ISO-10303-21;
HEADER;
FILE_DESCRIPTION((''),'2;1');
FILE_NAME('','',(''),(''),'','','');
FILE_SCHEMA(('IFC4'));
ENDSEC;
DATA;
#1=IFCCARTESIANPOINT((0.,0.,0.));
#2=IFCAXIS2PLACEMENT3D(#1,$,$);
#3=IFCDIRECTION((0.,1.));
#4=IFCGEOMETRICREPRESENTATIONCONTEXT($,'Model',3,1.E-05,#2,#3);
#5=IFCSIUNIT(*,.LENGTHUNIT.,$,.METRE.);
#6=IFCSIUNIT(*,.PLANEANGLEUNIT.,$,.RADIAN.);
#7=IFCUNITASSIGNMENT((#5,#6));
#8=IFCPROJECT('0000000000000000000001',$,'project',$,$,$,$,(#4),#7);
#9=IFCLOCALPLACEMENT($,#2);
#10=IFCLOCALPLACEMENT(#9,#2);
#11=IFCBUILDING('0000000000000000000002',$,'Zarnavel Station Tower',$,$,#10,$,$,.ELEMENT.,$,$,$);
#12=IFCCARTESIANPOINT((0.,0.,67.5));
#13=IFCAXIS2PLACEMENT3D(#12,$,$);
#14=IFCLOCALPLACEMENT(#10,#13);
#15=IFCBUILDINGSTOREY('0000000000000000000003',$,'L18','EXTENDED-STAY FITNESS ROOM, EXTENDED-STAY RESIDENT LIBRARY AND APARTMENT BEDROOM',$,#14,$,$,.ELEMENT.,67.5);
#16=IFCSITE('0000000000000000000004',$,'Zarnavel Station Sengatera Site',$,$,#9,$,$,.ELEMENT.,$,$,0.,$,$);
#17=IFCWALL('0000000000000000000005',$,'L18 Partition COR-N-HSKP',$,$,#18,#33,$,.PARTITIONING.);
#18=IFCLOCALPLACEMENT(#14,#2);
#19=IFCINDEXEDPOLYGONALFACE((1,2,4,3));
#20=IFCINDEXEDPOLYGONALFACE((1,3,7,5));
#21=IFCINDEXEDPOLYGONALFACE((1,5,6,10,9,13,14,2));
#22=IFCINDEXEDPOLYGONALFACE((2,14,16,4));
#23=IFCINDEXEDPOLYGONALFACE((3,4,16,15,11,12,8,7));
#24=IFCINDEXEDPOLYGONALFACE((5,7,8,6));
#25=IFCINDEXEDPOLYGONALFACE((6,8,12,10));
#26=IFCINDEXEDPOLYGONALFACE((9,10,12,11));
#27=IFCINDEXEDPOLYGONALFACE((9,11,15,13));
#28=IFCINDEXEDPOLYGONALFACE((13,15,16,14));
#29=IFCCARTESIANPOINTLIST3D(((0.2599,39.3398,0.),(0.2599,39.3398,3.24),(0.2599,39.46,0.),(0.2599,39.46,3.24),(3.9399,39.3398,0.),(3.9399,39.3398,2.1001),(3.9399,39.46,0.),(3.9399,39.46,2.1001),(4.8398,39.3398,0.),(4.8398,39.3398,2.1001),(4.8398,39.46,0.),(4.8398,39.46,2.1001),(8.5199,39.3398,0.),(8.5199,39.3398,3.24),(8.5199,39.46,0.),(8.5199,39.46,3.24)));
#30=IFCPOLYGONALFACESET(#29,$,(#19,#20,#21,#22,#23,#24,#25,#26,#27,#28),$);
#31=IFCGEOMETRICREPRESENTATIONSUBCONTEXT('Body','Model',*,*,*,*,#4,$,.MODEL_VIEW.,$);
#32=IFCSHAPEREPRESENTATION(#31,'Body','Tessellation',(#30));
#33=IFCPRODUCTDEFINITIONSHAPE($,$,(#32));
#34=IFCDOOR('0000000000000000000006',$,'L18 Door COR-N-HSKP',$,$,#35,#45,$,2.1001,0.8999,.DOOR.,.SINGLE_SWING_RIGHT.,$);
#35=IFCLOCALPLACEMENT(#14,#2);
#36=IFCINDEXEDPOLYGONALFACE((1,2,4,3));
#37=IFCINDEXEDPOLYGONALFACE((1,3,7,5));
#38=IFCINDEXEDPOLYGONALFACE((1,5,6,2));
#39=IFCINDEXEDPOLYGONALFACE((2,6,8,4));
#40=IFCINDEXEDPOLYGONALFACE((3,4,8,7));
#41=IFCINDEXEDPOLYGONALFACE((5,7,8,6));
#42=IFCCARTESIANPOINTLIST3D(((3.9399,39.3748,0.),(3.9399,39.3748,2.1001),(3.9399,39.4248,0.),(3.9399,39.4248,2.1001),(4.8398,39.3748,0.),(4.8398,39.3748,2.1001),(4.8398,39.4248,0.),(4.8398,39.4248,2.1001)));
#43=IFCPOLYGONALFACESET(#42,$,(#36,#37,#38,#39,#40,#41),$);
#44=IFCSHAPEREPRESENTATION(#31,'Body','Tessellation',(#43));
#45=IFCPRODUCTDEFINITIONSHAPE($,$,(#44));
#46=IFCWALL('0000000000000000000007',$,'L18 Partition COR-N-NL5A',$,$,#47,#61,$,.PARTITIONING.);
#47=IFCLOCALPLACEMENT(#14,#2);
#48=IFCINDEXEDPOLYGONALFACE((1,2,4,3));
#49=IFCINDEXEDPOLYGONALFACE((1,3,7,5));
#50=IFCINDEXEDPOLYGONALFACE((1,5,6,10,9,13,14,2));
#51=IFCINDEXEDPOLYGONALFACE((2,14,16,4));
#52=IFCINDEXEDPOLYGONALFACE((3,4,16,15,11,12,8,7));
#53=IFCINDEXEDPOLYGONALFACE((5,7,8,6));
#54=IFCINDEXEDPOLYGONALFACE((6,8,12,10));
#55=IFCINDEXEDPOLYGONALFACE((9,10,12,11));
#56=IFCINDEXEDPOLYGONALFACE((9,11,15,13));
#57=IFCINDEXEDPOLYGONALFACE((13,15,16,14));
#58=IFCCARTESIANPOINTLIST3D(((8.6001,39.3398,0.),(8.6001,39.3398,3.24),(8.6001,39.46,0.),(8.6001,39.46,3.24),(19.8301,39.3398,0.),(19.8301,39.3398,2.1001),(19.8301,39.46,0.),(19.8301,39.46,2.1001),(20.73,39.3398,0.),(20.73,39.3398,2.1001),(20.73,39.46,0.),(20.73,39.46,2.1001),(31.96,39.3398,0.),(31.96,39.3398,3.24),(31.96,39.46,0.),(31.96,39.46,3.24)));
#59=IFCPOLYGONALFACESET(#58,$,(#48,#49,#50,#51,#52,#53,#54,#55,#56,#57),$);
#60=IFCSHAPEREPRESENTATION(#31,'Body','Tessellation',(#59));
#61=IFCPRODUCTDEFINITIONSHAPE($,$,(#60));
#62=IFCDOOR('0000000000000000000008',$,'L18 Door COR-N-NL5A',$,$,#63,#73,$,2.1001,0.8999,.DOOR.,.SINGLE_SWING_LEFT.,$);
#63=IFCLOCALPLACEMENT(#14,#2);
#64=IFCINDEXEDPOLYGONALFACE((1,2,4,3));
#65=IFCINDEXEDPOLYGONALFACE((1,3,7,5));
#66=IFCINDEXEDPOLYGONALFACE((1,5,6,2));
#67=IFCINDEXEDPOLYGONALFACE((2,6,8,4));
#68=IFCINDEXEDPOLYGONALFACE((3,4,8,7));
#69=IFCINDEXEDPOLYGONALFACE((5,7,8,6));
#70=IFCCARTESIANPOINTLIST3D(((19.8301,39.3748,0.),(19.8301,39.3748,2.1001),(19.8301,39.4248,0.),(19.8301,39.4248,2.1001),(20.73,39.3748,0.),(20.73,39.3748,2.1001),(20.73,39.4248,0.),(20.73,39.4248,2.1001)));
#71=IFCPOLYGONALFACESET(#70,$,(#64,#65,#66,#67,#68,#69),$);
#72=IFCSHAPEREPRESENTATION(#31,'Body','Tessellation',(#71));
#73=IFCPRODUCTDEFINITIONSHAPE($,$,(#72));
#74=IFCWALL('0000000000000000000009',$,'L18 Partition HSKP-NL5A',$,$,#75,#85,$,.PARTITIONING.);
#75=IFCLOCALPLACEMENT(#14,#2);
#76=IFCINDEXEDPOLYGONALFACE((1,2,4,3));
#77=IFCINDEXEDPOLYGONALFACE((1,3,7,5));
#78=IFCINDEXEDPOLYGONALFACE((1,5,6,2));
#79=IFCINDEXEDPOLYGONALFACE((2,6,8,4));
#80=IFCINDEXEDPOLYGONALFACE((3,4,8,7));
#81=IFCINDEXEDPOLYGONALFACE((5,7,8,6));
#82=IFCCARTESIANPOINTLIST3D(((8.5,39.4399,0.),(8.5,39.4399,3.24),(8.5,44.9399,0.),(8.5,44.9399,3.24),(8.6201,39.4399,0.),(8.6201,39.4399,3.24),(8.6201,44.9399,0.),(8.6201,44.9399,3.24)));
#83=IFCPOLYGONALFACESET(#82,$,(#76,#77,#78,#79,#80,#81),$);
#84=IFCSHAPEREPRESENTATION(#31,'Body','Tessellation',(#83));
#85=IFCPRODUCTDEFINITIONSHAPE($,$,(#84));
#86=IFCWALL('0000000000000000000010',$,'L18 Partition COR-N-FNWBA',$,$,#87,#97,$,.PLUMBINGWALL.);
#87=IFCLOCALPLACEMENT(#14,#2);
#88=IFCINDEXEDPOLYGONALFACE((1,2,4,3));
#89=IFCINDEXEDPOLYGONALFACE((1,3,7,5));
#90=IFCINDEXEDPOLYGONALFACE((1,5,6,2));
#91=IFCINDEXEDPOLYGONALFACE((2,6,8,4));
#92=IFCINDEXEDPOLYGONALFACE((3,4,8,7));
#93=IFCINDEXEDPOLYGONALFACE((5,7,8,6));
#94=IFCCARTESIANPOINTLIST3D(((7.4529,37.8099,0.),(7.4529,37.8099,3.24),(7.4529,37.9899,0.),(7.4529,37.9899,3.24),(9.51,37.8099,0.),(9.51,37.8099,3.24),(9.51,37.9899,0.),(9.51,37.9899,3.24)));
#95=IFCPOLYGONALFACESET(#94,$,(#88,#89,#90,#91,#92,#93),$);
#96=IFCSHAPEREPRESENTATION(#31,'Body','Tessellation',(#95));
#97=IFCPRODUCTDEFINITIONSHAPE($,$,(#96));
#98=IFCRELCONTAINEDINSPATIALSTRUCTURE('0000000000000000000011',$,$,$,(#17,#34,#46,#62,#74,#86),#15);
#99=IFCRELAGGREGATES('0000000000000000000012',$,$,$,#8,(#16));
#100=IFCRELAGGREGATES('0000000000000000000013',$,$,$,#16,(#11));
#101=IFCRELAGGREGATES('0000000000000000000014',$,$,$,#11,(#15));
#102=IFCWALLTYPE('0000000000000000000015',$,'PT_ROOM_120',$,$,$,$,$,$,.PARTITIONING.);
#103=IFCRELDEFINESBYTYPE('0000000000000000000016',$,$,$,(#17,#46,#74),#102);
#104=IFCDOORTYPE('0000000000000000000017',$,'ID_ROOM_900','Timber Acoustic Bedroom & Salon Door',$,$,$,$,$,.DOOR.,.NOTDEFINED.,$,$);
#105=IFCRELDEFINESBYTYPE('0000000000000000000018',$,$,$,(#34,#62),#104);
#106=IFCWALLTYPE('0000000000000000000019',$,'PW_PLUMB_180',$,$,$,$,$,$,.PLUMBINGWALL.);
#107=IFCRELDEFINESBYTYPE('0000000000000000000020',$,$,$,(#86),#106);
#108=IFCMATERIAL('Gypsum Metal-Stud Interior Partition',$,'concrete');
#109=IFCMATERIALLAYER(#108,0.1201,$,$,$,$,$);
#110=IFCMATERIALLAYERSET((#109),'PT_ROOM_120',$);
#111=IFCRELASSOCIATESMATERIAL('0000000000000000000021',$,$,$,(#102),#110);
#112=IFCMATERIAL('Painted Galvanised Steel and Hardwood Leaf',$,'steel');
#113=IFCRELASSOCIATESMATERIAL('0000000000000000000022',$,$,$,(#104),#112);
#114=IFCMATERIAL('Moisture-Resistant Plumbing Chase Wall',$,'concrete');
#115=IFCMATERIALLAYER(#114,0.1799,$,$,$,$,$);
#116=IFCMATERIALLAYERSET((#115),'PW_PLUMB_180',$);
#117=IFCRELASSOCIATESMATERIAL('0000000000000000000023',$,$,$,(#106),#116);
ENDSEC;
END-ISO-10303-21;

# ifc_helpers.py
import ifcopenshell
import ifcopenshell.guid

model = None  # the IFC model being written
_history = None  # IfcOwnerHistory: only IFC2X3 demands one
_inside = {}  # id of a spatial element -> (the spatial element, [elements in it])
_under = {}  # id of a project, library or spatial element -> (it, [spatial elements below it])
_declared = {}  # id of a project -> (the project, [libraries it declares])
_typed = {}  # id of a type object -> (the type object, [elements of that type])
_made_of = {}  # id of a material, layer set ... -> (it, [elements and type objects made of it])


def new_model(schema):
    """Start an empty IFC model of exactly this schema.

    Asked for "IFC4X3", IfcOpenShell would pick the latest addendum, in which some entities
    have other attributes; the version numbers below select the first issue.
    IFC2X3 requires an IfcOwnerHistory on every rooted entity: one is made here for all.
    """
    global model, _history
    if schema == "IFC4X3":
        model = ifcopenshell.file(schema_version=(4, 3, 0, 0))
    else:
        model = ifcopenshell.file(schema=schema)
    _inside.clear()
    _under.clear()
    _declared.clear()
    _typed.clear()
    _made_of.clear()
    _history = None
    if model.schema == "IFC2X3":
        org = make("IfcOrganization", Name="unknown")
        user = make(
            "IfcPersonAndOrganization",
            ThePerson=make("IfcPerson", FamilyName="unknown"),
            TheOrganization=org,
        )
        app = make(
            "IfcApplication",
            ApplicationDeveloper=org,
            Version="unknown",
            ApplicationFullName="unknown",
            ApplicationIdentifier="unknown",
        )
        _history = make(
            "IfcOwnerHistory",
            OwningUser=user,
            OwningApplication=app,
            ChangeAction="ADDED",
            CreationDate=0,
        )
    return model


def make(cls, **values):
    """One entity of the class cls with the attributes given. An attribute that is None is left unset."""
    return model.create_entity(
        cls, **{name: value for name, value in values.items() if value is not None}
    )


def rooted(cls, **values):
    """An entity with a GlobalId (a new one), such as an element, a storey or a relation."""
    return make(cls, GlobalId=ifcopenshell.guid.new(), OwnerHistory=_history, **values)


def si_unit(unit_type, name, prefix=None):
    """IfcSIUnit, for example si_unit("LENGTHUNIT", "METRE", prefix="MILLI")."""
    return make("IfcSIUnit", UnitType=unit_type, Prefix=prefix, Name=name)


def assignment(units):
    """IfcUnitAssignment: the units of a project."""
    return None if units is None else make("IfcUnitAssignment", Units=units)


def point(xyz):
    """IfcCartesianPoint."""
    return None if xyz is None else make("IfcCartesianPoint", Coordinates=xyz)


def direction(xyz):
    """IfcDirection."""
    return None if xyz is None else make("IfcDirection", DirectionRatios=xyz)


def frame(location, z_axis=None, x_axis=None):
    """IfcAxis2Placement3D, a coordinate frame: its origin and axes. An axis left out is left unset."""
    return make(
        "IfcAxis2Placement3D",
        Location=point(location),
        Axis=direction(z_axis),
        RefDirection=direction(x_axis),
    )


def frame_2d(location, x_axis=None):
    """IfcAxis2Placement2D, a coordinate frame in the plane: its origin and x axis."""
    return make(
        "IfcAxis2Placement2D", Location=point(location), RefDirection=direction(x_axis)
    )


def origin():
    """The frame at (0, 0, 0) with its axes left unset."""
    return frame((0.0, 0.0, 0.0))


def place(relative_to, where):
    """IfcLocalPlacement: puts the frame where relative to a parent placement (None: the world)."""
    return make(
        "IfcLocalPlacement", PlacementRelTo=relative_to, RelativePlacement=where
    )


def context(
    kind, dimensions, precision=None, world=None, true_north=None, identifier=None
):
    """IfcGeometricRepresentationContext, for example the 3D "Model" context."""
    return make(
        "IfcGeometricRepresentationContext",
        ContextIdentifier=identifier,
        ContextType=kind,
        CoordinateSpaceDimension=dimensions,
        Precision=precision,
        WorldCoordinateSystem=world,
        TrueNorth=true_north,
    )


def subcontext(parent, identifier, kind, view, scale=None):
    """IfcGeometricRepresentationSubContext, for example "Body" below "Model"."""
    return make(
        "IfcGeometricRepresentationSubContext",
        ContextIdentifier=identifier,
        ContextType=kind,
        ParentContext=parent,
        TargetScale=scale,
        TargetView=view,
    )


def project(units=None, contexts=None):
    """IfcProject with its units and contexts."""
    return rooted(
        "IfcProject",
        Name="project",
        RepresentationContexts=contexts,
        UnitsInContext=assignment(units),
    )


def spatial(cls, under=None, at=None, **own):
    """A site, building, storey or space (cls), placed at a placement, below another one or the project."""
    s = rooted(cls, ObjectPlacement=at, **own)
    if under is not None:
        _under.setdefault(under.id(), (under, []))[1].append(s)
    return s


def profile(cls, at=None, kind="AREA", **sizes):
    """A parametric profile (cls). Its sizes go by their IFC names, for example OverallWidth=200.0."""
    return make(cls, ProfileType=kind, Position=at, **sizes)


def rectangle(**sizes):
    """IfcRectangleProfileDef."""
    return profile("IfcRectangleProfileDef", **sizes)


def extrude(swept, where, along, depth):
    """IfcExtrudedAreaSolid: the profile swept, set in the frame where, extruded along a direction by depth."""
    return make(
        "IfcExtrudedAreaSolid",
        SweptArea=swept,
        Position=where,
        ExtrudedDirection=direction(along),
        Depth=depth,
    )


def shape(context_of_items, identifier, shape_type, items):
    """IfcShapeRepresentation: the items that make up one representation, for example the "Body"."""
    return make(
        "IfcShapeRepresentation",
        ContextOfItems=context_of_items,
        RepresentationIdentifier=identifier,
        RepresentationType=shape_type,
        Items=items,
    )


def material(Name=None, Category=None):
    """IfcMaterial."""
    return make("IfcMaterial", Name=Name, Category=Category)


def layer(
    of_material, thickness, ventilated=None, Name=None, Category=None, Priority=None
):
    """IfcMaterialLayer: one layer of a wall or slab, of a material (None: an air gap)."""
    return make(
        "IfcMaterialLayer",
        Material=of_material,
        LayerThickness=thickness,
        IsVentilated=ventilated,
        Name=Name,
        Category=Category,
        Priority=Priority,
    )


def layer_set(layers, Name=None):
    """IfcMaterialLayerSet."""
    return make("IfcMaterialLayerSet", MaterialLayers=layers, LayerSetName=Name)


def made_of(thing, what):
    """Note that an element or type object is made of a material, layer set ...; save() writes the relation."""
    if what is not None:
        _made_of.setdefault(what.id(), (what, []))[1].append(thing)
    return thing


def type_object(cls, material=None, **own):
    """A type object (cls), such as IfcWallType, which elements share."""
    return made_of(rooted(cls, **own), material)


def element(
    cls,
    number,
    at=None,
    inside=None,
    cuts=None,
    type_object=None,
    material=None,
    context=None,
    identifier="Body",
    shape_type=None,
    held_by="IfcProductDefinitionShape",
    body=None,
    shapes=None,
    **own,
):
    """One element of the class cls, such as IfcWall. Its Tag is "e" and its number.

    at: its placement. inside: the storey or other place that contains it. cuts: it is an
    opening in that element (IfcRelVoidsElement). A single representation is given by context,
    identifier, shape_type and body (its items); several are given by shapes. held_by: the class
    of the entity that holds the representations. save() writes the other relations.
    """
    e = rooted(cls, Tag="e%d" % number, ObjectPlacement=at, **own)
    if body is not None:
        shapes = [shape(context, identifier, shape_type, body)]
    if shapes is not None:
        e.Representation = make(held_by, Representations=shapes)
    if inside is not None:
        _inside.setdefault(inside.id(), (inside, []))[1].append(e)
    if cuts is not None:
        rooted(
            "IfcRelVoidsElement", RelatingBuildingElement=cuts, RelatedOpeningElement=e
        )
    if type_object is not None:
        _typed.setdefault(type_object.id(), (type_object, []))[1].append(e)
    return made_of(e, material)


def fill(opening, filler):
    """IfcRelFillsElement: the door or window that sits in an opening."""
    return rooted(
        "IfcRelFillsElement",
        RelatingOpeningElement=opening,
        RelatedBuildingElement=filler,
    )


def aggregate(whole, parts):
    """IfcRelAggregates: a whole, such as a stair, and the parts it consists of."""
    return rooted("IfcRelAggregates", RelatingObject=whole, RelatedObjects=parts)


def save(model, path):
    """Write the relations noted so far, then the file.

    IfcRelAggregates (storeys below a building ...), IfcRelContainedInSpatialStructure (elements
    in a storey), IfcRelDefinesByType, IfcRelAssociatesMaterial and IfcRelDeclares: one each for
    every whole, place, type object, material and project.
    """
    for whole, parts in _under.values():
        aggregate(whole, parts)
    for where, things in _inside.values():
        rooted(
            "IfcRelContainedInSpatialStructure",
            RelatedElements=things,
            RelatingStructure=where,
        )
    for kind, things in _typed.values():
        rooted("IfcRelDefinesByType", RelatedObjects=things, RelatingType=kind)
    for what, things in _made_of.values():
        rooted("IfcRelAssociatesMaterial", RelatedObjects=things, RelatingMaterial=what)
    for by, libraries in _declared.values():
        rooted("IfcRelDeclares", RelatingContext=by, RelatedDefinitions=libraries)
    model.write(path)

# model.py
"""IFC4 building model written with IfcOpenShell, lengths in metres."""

from ifc_helpers import new_model, si_unit, direction, frame, frame_2d, origin, place, context, subcontext, project, spatial, rectangle, extrude, material, layer, layer_set, type_object, element, fill, save


model = new_model("IFC4")

# Units and contexts
model_context = context("Model", 3, precision=1e-05, world=origin(), true_north=direction((0.0, 1.0)))
body_context = subcontext(model_context, "Body", "Model", "MODEL_VIEW")
ifc_project = project(units=[si_unit("LENGTHUNIT", "METRE"), si_unit("PLANEANGLEUNIT", "RADIAN")], contexts=[model_context])

# Site, building, storey
site_placement = place(None, origin())
site = spatial("IfcSite", under=ifc_project, at=site_placement, Name="Zarnavel Station Sengatera Site", CompositionType="ELEMENT", RefElevation=0.0)
building_placement = place(site_placement, origin())
building = spatial("IfcBuilding", under=site, at=building_placement, Name="Zarnavel Station Tower", CompositionType="ELEMENT")
storey_placement = place(building_placement, frame((0.0, 0.0, 67.5)))
storey = spatial("IfcBuildingStorey", under=building, at=storey_placement, Name="L18", Description="EXTENDED-STAY FITNESS ROOM, EXTENDED-STAY RESIDENT LIBRARY AND APARTMENT BEDROOM", CompositionType="ELEMENT", Elevation=67.5)

# Walls, openings, doors
ifc_material_1 = material(Name="Gypsum Metal-Stud Interior Partition", Category="concrete")
ifc_layer_1 = layer(ifc_material_1, 0.1201)
ifc_layer_set_1 = layer_set([ifc_layer_1], Name="PT_ROOM_120")
wall_type_1 = type_object("IfcWallType", Name="PT_ROOM_120", PredefinedType="PARTITIONING", material=ifc_layer_set_1)
wall_1_placement = place(storey_placement, frame((0.26, 39.3999, 0.0), z_axis=(0.0, 0.0, 1.0), x_axis=(1.0, 0.0, 0.0)))
wall_1 = element("IfcWall", 1, at=wall_1_placement, inside=storey, type_object=wall_type_1, Name="L18 Partition COR-N-HSKP", PredefinedType="PARTITIONING", context=body_context, shape_type="SweptSolid", body=[
    extrude(rectangle(XDim=8.26, YDim=0.1201, at=frame_2d((4.1299, 0.0))), origin(), (0.0, 0.0, 1.0), 3.24),
])
opening_1_placement = place(wall_1_placement, frame((3.6799, 0.0, 0.0)))
opening_1 = element("IfcOpeningElement", 2, at=opening_1_placement, cuts=wall_1, PredefinedType="OPENING", context=body_context, shape_type="SweptSolid", body=[
    extrude(rectangle(XDim=0.8999, YDim=2.1001, at=frame_2d((0.45, 1.05))), frame((0.0, 0.0701, 0.0), z_axis=(0.0, -1.0, 0.0), x_axis=(1.0, 0.0, 0.0)), (0.0, 0.0, 1.0), 0.1401),
])
ifc_material_2 = material(Name="Painted Galvanised Steel and Hardwood Leaf", Category="steel")
door_type_1 = type_object("IfcDoorType", Name="ID_ROOM_900", Description="Timber Acoustic Bedroom & Salon Door", OperationType="NOTDEFINED", PredefinedType="DOOR", material=ifc_material_2)
door_1_placement = place(opening_1_placement, origin())
door_1 = element("IfcDoor", 3, at=door_1_placement, inside=storey, type_object=door_type_1, Name="L18 Door COR-N-HSKP", OperationType="SINGLE_SWING_RIGHT", OverallHeight=2.1001, OverallWidth=0.8999, PredefinedType="DOOR", context=body_context, shape_type="SweptSolid", body=[
    extrude(rectangle(XDim=0.8999, YDim=2.1001, at=frame_2d((0.45, 1.05))), frame((0.0, 0.0249, 0.0), z_axis=(0.0, -1.0, 0.0), x_axis=(1.0, 0.0, 0.0)), (0.0, 0.0, 1.0), 0.05),
])
fill(opening_1, door_1)
wall_2_placement = place(storey_placement, frame((8.6001, 39.3999, 0.0), z_axis=(0.0, 0.0, 1.0), x_axis=(1.0, 0.0, 0.0)))
wall_2 = element("IfcWall", 4, at=wall_2_placement, inside=storey, type_object=wall_type_1, Name="L18 Partition COR-N-NL5A", PredefinedType="PARTITIONING", context=body_context, shape_type="SweptSolid", body=[
    extrude(rectangle(XDim=23.3599, YDim=0.1201, at=frame_2d((11.6799, 0.0))), origin(), (0.0, 0.0, 1.0), 3.24),
])
opening_2_placement = place(wall_2_placement, frame((11.23, 0.0, 0.0)))
opening_2 = element("IfcOpeningElement", 5, at=opening_2_placement, cuts=wall_2, PredefinedType="OPENING", context=body_context, shape_type="SweptSolid", body=[
    extrude(rectangle(XDim=0.8999, YDim=2.1001, at=frame_2d((0.45, 1.05))), frame((0.0, 0.0701, 0.0), z_axis=(0.0, -1.0, 0.0), x_axis=(1.0, 0.0, 0.0)), (0.0, 0.0, 1.0), 0.1401),
])
door_2_placement = place(opening_2_placement, origin())
door_2 = element("IfcDoor", 6, at=door_2_placement, inside=storey, type_object=door_type_1, Name="L18 Door COR-N-NL5A", OperationType="SINGLE_SWING_LEFT", OverallHeight=2.1001, OverallWidth=0.8999, PredefinedType="DOOR", context=body_context, shape_type="SweptSolid", body=[
    extrude(rectangle(XDim=0.8999, YDim=2.1001, at=frame_2d((0.45, 1.05))), frame((0.0, 0.0249, 0.0), z_axis=(0.0, -1.0, 0.0), x_axis=(1.0, 0.0, 0.0)), (0.0, 0.0, 1.0), 0.05),
])
fill(opening_2, door_2)

# Walls
wall_3_placement = place(storey_placement, frame((8.5601, 39.4399, 0.0), z_axis=(0.0, 0.0, 1.0), x_axis=(0.0, 1.0, 0.0)))
element("IfcWall", 7, at=wall_3_placement, inside=storey, type_object=wall_type_1, Name="L18 Partition HSKP-NL5A", PredefinedType="PARTITIONING", context=body_context, shape_type="SweptSolid", body=[
    extrude(rectangle(XDim=5.5, YDim=0.1201, at=frame_2d((2.75, 0.0))), origin(), (0.0, 0.0, 1.0), 3.24),
])
ifc_material_3 = material(Name="Moisture-Resistant Plumbing Chase Wall", Category="concrete")
ifc_layer_2 = layer(ifc_material_3, 0.1799)
ifc_layer_set_2 = layer_set([ifc_layer_2], Name="PW_PLUMB_180")
wall_type_2 = type_object("IfcWallType", Name="PW_PLUMB_180", PredefinedType="PLUMBINGWALL", material=ifc_layer_set_2)
wall_4_placement = place(storey_placement, frame((7.4529, 37.8999, 0.0), z_axis=(0.0, 0.0, 1.0), x_axis=(1.0, 0.0, 0.0)))
element("IfcWall", 8, at=wall_4_placement, inside=storey, type_object=wall_type_2, Name="L18 Partition COR-N-FNWBA", PredefinedType="PLUMBINGWALL", context=body_context, shape_type="SweptSolid", body=[
    extrude(rectangle(XDim=2.0571, YDim=0.1799, at=frame_2d((1.0286, 0.0))), origin(), (0.0, 0.0, 1.0), 3.24),
])

save(model, "model.ifc")
